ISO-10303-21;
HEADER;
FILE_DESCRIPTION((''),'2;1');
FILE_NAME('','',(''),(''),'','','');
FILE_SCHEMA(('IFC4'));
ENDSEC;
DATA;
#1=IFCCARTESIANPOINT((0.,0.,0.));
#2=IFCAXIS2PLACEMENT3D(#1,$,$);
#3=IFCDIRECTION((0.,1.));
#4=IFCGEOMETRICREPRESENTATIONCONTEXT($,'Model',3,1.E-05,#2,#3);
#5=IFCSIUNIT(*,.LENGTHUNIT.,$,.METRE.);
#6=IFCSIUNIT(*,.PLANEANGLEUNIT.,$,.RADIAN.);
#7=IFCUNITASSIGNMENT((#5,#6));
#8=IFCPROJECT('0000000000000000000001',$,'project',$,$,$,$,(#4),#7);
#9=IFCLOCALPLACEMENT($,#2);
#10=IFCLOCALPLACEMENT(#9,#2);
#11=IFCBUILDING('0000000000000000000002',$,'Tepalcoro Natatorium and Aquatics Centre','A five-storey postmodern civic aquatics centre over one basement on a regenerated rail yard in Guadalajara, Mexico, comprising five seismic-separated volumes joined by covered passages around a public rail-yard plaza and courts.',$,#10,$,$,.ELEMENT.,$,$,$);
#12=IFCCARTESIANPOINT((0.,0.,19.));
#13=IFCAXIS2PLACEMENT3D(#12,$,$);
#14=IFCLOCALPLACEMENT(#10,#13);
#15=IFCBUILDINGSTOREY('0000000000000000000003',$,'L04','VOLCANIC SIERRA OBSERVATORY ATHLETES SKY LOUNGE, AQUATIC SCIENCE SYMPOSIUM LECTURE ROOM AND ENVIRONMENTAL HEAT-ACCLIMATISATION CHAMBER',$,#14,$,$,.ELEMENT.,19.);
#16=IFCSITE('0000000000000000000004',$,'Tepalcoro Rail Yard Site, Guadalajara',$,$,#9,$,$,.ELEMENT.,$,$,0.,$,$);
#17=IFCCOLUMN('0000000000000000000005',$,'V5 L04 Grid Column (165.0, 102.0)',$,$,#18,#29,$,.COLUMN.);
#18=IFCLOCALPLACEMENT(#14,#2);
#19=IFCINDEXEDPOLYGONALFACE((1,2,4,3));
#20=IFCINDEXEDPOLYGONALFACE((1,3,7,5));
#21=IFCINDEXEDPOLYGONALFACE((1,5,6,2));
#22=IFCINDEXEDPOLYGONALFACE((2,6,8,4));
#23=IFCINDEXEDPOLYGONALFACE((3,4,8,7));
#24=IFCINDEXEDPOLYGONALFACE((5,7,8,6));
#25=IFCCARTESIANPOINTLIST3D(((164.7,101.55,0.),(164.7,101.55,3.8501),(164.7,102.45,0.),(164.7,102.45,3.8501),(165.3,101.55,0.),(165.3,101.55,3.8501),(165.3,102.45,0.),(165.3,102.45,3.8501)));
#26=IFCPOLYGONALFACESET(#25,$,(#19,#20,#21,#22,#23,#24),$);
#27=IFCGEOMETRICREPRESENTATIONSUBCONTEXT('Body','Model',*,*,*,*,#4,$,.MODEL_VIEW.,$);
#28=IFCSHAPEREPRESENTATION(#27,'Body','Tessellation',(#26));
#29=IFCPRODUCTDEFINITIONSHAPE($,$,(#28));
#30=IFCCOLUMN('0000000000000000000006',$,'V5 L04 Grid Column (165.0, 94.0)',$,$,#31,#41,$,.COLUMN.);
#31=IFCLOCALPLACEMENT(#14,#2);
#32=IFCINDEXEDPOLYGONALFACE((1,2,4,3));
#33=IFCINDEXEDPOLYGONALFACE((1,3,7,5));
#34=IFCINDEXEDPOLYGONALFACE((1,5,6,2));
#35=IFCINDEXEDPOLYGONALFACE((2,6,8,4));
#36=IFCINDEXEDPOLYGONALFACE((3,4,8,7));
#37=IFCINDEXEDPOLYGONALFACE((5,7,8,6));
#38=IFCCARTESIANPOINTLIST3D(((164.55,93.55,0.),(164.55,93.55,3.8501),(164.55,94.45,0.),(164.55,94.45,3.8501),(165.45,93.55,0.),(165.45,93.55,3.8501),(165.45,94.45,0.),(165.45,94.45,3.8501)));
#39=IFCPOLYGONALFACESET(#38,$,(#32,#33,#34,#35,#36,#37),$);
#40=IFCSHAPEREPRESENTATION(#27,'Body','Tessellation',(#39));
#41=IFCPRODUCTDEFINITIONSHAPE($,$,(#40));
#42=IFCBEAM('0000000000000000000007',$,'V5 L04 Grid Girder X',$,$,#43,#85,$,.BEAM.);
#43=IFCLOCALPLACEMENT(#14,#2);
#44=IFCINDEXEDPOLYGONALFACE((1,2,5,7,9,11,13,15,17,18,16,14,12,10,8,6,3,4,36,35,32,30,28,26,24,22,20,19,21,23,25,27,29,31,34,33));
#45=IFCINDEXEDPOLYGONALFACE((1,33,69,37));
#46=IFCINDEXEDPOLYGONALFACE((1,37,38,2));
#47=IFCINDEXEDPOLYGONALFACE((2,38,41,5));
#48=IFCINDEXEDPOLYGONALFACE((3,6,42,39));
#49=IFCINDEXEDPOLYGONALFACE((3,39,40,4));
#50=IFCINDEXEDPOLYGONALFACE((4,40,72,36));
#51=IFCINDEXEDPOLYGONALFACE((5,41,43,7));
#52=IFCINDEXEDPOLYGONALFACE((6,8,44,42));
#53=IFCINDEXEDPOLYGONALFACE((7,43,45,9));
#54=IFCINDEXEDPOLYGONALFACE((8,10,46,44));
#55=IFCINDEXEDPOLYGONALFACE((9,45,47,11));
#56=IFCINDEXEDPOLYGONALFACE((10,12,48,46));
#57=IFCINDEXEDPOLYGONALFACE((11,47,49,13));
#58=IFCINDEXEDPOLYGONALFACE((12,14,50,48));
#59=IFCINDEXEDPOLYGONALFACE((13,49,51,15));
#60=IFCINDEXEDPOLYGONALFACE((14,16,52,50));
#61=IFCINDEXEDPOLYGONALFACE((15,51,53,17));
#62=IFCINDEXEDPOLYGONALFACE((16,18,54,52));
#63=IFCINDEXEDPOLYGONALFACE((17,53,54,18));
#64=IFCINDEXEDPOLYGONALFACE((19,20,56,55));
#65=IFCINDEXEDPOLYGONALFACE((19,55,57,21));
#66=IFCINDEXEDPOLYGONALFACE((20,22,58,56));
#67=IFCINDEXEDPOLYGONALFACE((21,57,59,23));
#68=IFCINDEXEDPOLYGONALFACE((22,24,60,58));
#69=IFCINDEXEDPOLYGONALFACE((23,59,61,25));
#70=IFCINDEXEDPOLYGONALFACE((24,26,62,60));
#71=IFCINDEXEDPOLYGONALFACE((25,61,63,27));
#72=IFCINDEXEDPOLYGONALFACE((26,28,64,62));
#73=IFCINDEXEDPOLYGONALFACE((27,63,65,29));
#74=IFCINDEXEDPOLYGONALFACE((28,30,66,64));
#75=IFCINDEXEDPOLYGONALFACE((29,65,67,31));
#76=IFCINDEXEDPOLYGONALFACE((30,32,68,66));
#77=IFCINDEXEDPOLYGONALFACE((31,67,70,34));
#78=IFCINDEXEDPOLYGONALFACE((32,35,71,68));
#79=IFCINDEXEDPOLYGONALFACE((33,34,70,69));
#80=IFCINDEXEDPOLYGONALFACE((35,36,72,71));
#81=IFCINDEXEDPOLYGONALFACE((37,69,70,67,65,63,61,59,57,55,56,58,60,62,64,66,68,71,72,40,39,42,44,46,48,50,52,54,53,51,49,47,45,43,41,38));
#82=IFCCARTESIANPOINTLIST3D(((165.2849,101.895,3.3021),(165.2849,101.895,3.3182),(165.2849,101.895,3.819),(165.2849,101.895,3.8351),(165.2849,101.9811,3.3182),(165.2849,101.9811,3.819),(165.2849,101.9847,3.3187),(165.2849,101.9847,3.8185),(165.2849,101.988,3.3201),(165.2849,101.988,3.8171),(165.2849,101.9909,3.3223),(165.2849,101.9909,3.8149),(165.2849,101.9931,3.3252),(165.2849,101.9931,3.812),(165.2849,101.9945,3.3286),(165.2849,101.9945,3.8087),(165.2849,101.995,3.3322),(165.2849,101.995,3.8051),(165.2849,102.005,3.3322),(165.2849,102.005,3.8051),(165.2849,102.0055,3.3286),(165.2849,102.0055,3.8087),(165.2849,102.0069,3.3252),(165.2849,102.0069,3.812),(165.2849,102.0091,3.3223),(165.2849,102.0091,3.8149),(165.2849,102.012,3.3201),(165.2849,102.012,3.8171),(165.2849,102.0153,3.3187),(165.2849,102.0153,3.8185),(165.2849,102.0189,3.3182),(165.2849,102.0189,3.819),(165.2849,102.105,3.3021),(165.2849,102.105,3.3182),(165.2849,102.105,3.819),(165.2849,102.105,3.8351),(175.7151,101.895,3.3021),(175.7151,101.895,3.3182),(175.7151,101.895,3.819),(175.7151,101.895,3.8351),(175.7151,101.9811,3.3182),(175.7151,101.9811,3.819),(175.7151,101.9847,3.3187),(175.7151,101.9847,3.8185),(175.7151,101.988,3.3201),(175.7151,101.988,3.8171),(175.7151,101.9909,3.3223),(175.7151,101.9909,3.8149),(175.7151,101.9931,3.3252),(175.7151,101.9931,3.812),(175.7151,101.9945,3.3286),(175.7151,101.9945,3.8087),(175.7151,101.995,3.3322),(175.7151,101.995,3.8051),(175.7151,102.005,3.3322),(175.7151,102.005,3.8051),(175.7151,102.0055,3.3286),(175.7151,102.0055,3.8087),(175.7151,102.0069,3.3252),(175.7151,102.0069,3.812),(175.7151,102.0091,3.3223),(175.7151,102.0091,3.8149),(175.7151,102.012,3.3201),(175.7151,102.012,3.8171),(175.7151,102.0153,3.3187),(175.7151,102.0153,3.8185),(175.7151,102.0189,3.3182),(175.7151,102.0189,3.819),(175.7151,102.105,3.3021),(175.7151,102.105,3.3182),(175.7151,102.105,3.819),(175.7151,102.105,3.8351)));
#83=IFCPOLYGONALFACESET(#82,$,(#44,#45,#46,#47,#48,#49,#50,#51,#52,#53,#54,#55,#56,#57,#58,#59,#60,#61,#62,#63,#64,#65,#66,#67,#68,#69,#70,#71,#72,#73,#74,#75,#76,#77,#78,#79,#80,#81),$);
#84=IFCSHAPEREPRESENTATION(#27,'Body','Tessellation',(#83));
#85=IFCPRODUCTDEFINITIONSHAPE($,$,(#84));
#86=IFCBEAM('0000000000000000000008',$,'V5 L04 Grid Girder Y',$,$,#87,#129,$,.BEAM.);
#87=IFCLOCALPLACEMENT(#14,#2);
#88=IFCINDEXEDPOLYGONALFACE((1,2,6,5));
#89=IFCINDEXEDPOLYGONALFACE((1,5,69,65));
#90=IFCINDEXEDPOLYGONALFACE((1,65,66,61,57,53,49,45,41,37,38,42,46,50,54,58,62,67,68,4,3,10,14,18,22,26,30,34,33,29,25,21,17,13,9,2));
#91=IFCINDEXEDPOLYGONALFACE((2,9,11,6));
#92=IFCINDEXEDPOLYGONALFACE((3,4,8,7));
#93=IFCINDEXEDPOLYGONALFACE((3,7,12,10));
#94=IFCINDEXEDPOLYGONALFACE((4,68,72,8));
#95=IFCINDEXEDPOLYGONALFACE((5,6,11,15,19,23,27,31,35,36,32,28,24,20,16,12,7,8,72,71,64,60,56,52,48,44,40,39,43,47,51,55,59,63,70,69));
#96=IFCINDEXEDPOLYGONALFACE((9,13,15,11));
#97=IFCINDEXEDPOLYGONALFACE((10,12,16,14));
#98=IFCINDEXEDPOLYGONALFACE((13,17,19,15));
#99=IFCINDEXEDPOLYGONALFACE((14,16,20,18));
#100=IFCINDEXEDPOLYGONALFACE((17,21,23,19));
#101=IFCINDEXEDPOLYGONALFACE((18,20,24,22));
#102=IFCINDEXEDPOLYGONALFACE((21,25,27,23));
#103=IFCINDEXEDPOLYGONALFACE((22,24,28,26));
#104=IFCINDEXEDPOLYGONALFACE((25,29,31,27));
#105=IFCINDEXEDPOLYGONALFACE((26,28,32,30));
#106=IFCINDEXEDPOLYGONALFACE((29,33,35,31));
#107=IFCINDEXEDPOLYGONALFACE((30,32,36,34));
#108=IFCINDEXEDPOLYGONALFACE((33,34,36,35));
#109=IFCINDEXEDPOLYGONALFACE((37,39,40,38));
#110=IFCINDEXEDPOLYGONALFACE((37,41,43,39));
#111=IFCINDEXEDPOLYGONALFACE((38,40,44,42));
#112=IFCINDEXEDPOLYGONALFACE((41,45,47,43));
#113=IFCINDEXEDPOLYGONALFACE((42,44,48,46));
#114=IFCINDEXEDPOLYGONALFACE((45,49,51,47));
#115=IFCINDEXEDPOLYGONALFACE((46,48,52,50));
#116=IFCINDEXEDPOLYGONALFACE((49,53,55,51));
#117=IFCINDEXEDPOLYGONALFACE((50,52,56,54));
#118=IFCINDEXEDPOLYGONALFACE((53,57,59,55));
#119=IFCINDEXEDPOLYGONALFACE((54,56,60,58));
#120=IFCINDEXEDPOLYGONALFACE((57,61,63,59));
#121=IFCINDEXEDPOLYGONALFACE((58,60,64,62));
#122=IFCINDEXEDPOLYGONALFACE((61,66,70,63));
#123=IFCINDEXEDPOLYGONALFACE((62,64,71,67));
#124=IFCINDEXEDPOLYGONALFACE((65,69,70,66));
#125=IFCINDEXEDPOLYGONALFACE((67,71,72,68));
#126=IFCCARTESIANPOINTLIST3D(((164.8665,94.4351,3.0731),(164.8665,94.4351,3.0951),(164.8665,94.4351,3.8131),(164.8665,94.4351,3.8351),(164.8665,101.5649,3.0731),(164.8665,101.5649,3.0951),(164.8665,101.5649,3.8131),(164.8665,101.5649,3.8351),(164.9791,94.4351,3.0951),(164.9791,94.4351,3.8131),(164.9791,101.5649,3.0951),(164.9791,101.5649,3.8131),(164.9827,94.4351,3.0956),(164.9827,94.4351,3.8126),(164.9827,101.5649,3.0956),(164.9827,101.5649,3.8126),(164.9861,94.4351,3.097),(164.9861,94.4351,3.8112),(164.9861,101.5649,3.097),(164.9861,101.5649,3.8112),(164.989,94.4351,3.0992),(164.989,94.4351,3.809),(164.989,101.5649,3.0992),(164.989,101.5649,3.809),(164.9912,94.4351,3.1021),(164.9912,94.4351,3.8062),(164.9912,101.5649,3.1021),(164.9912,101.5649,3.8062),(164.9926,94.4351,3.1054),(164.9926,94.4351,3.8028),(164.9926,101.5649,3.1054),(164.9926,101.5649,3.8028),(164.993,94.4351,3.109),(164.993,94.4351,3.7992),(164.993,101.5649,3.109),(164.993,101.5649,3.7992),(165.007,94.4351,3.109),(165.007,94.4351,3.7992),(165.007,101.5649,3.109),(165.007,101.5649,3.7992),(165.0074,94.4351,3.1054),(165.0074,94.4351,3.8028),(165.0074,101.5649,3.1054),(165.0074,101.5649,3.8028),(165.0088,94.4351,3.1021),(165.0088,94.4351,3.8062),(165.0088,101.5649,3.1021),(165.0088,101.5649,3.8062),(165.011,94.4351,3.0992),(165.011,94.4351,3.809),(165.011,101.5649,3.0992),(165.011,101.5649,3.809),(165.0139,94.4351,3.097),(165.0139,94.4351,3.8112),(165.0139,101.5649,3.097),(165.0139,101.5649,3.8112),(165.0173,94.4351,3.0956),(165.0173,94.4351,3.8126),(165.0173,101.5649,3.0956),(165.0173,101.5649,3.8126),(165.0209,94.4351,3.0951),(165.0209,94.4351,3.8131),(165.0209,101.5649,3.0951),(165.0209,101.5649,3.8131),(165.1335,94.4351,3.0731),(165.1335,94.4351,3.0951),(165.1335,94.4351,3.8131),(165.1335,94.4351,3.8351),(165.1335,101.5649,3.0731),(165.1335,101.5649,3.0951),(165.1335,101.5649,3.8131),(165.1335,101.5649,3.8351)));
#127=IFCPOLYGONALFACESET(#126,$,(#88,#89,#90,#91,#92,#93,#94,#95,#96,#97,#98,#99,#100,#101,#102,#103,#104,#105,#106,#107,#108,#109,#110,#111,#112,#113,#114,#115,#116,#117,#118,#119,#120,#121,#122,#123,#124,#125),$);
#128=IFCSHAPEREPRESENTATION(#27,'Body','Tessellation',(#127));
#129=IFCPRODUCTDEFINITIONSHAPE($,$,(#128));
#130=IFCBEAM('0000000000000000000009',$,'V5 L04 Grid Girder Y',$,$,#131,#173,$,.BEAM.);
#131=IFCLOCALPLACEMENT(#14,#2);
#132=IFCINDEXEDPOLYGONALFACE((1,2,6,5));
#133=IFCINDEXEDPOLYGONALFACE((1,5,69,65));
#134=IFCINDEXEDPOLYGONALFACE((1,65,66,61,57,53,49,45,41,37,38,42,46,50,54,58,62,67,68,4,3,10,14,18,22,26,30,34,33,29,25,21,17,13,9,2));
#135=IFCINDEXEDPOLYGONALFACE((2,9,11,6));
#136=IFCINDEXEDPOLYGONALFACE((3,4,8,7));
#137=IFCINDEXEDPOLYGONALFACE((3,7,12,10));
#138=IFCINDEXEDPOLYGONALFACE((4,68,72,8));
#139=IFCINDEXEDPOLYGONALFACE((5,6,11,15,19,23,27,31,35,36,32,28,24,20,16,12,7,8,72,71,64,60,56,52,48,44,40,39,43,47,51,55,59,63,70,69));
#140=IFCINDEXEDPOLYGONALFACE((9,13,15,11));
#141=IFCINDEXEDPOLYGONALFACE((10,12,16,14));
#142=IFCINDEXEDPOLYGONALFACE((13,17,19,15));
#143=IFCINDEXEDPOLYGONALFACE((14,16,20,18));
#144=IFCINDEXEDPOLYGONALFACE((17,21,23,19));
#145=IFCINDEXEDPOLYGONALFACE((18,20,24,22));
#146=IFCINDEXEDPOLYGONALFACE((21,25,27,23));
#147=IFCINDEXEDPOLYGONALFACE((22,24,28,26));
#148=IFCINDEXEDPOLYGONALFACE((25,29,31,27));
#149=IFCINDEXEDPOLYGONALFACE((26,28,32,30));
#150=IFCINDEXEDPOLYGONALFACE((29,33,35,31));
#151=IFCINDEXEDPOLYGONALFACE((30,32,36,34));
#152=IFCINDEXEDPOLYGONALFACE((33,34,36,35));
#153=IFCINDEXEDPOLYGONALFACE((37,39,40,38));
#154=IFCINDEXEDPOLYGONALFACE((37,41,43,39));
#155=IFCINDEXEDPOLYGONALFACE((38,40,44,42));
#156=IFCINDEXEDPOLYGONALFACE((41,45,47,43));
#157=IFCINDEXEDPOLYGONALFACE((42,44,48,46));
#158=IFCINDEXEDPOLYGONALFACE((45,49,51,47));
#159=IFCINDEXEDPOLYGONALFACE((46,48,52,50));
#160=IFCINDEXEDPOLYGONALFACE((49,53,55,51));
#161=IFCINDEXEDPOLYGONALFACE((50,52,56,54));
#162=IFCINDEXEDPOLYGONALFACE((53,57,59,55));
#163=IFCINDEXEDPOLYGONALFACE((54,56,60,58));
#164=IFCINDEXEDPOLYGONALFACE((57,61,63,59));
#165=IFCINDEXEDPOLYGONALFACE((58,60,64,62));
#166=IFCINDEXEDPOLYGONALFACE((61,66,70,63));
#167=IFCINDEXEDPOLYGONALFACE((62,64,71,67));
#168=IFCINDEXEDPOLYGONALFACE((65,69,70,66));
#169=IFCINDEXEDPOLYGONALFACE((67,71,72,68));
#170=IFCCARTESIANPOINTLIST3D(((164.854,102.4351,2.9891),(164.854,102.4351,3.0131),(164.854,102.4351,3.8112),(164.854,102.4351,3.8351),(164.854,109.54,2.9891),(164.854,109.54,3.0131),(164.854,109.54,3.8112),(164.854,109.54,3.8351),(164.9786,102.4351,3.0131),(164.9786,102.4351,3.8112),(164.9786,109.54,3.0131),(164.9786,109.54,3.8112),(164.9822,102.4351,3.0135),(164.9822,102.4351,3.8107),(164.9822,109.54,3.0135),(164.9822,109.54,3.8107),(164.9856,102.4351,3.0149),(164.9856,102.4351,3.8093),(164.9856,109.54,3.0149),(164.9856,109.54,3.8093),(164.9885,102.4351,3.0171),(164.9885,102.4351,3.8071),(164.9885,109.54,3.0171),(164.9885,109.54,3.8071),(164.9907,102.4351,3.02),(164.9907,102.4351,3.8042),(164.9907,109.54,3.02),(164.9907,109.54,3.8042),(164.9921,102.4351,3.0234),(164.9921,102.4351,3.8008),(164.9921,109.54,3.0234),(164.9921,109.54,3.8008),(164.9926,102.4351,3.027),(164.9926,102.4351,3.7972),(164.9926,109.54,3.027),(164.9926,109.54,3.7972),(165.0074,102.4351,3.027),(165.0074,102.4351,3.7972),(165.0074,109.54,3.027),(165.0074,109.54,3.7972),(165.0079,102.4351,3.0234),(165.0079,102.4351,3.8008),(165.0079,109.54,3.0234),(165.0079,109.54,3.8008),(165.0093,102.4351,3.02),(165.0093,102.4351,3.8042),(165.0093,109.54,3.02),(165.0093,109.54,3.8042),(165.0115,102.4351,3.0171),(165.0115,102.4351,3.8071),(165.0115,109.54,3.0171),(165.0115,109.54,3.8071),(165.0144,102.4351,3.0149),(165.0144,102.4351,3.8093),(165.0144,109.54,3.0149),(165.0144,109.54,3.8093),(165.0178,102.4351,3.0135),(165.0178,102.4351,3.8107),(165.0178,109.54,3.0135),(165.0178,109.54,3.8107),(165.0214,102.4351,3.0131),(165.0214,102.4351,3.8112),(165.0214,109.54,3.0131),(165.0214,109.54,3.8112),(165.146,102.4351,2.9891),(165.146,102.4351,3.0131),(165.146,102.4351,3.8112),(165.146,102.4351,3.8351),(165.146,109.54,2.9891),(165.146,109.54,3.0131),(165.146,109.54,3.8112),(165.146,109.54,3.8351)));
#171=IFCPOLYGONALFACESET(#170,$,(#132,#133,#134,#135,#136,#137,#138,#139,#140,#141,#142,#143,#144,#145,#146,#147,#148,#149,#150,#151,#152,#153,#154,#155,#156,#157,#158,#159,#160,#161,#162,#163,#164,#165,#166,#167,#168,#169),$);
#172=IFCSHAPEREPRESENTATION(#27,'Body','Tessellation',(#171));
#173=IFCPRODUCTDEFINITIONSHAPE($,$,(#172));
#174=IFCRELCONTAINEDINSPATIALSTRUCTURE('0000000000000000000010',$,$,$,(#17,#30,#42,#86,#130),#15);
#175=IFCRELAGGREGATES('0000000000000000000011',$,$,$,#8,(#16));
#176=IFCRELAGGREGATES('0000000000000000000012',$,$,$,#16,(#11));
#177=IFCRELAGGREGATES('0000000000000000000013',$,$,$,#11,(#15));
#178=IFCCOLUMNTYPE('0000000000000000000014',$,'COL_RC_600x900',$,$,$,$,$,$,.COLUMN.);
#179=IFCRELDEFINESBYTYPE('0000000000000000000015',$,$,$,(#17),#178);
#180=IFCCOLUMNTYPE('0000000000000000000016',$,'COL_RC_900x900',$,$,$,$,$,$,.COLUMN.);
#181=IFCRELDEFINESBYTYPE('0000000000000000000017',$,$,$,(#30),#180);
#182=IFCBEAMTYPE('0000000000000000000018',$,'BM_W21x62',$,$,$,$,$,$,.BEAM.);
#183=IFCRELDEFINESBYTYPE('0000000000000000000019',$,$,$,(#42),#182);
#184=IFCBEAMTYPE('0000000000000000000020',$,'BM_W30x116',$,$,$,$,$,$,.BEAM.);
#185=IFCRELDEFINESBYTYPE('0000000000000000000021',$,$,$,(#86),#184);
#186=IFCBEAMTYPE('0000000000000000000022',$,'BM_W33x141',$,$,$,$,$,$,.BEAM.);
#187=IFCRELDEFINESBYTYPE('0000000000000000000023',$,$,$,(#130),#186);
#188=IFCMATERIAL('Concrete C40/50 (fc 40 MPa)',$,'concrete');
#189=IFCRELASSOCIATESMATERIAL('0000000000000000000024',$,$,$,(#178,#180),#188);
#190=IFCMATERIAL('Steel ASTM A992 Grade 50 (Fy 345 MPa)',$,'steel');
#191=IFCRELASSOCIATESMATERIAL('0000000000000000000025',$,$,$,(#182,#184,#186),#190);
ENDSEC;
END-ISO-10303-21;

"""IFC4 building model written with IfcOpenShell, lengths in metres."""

from ifc_helpers import new_model, si_unit, direction, frame, origin, origin_2d, place, context, subcontext, project, spatial, rectangle, i_section, extrude, material, material_profile, profile_set, type_object, element, save


model = new_model("IFC4")

# Units and contexts
model_context = context("Model", 3, precision=1e-05, world=origin(), true_north=direction((0.0, 1.0)))
body_context = subcontext(model_context, "Body", "Model", "MODEL_VIEW")
ifc_project = project(units=[si_unit("LENGTHUNIT", "METRE"), si_unit("PLANEANGLEUNIT", "RADIAN")], contexts=[model_context])

# Site, building, storey
site_placement = place(None, origin())
site = spatial("IfcSite", under=ifc_project, at=site_placement, Name="Tepalcoro Rail Yard Site, Guadalajara", CompositionType="ELEMENT", RefElevation=0.0)
building_placement = place(site_placement, origin())
building = spatial("IfcBuilding", under=site, at=building_placement, Name="Tepalcoro Natatorium and Aquatics Centre", Description="A five-storey postmodern civic aquatics centre over one basement on a regenerated rail yard in Guadalajara, Mexico, comprising five seismic-separated volumes joined by covered passages around a public rail-yard plaza and courts.", CompositionType="ELEMENT")
storey_placement = place(building_placement, frame((0.0, 0.0, 19.0)))
storey = spatial("IfcBuildingStorey", under=building, at=storey_placement, Name="L04", Description="VOLCANIC SIERRA OBSERVATORY ATHLETES SKY LOUNGE, AQUATIC SCIENCE SYMPOSIUM LECTURE ROOM AND ENVIRONMENTAL HEAT-ACCLIMATISATION CHAMBER", CompositionType="ELEMENT", Elevation=19.0)

# Columns
ifc_material_1 = material(Name="Concrete C40/50 (fc 40 MPa)", Category="concrete")
ifc_material_profile_1 = material_profile(ifc_material_1, rectangle(XDim=0.6001, YDim=0.8999, at=origin_2d()), Name="RC600x900")
ifc_profile_set_1 = profile_set([ifc_material_profile_1], Name="Concrete C40/50 (fc 40 MPa)")
column_type_1 = type_object("IfcColumnType", Name="COL_RC_600x900", PredefinedType="COLUMN", material=ifc_profile_set_1)
column_1_placement = place(storey_placement, frame((165.0, 102.0, 0.0), z_axis=(0.0, 0.0, 1.0), x_axis=(1.0, 0.0, 0.0)))
element("IfcColumn", 1, at=column_1_placement, inside=storey, type_object=column_type_1, Name="V5 L04 Grid Column (165.0, 102.0)", PredefinedType="COLUMN", context=body_context, shape_type="SweptSolid", body=[
    extrude(rectangle(XDim=0.6001, YDim=0.8999, at=origin_2d()), origin(), (0.0, 0.0, 1.0), 3.8501),
])
ifc_material_profile_2 = material_profile(ifc_material_1, rectangle(XDim=0.8999, YDim=0.8999, at=origin_2d()), Name="RC900x900")
ifc_profile_set_2 = profile_set([ifc_material_profile_2], Name="Concrete C40/50 (fc 40 MPa)")
column_type_2 = type_object("IfcColumnType", Name="COL_RC_900x900", PredefinedType="COLUMN", material=ifc_profile_set_2)
column_2_placement = place(storey_placement, frame((165.0, 94.0, 0.0), z_axis=(0.0, 0.0, 1.0), x_axis=(1.0, 0.0, 0.0)))
element("IfcColumn", 2, at=column_2_placement, inside=storey, type_object=column_type_2, Name="V5 L04 Grid Column (165.0, 94.0)", PredefinedType="COLUMN", context=body_context, shape_type="SweptSolid", body=[
    extrude(rectangle(XDim=0.8999, YDim=0.8999, at=origin_2d()), origin(), (0.0, 0.0, 1.0), 3.8501),
])

# Beams
ifc_material_2 = material(Name="Steel ASTM A992 Grade 50 (Fy 345 MPa)", Category="steel")
ifc_material_profile_3 = material_profile(ifc_material_2, i_section(OverallWidth=0.21, OverallDepth=0.533, WebThickness=0.01, FlangeThickness=0.0161, FilletRadius=0.0139, at=origin_2d()), Name="W21X62")
ifc_profile_set_3 = profile_set([ifc_material_profile_3], Name="Steel ASTM A992 Grade 50 (Fy 345 MPa)")
beam_type_1 = type_object("IfcBeamType", Name="BM_W21x62", PredefinedType="BEAM", material=ifc_profile_set_3)
beam_1_placement = place(storey_placement, frame((165.2849, 102.0, 3.5686), z_axis=(1.0, 0.0, 0.0), x_axis=(0.0, 1.0, 0.0)))
element("IfcBeam", 3, at=beam_1_placement, inside=storey, type_object=beam_type_1, Name="V5 L04 Grid Girder X", PredefinedType="BEAM", context=body_context, shape_type="SweptSolid", body=[
    extrude(i_section(OverallWidth=0.21, OverallDepth=0.533, WebThickness=0.01, FlangeThickness=0.0161, FilletRadius=0.0139, at=origin_2d()), origin(), (0.0, 0.0, 1.0), 10.4302),
])
ifc_material_profile_4 = material_profile(ifc_material_2, i_section(OverallWidth=0.2671, OverallDepth=0.762, WebThickness=0.0139, FlangeThickness=0.022, FilletRadius=0.0139, at=origin_2d()), Name="W30X116")
ifc_profile_set_4 = profile_set([ifc_material_profile_4], Name="Steel ASTM A992 Grade 50 (Fy 345 MPa)")
beam_type_2 = type_object("IfcBeamType", Name="BM_W30x116", PredefinedType="BEAM", material=ifc_profile_set_4)
beam_2_placement = place(storey_placement, frame((165.0, 94.4351, 3.4541), z_axis=(0.0, 1.0, 0.0), x_axis=(-1.0, 0.0, 0.0)))
element("IfcBeam", 4, at=beam_2_placement, inside=storey, type_object=beam_type_2, Name="V5 L04 Grid Girder Y", PredefinedType="BEAM", context=body_context, shape_type="SweptSolid", body=[
    extrude(i_section(OverallWidth=0.2671, OverallDepth=0.762, WebThickness=0.0139, FlangeThickness=0.022, FilletRadius=0.0139, at=origin_2d()), origin(), (0.0, 0.0, 1.0), 7.1299),
])
ifc_material_profile_5 = material_profile(ifc_material_2, i_section(OverallWidth=0.292, OverallDepth=0.8459, WebThickness=0.0149, FlangeThickness=0.0239, FilletRadius=0.0139, at=origin_2d()), Name="W33X141")
ifc_profile_set_5 = profile_set([ifc_material_profile_5], Name="Steel ASTM A992 Grade 50 (Fy 345 MPa)")
beam_type_3 = type_object("IfcBeamType", Name="BM_W33x141", PredefinedType="BEAM", material=ifc_profile_set_5)
beam_3_placement = place(storey_placement, frame((165.0, 102.4351, 3.4121), z_axis=(0.0, 1.0, 0.0), x_axis=(-1.0, 0.0, 0.0)))
element("IfcBeam", 5, at=beam_3_placement, inside=storey, type_object=beam_type_3, Name="V5 L04 Grid Girder Y", PredefinedType="BEAM", context=body_context, shape_type="SweptSolid", body=[
    extrude(i_section(OverallWidth=0.292, OverallDepth=0.8459, WebThickness=0.0149, FlangeThickness=0.0239, FilletRadius=0.0139, at=origin_2d()), origin(), (0.0, 0.0, 1.0), 7.105),
])

save(model, "model.ifc")
